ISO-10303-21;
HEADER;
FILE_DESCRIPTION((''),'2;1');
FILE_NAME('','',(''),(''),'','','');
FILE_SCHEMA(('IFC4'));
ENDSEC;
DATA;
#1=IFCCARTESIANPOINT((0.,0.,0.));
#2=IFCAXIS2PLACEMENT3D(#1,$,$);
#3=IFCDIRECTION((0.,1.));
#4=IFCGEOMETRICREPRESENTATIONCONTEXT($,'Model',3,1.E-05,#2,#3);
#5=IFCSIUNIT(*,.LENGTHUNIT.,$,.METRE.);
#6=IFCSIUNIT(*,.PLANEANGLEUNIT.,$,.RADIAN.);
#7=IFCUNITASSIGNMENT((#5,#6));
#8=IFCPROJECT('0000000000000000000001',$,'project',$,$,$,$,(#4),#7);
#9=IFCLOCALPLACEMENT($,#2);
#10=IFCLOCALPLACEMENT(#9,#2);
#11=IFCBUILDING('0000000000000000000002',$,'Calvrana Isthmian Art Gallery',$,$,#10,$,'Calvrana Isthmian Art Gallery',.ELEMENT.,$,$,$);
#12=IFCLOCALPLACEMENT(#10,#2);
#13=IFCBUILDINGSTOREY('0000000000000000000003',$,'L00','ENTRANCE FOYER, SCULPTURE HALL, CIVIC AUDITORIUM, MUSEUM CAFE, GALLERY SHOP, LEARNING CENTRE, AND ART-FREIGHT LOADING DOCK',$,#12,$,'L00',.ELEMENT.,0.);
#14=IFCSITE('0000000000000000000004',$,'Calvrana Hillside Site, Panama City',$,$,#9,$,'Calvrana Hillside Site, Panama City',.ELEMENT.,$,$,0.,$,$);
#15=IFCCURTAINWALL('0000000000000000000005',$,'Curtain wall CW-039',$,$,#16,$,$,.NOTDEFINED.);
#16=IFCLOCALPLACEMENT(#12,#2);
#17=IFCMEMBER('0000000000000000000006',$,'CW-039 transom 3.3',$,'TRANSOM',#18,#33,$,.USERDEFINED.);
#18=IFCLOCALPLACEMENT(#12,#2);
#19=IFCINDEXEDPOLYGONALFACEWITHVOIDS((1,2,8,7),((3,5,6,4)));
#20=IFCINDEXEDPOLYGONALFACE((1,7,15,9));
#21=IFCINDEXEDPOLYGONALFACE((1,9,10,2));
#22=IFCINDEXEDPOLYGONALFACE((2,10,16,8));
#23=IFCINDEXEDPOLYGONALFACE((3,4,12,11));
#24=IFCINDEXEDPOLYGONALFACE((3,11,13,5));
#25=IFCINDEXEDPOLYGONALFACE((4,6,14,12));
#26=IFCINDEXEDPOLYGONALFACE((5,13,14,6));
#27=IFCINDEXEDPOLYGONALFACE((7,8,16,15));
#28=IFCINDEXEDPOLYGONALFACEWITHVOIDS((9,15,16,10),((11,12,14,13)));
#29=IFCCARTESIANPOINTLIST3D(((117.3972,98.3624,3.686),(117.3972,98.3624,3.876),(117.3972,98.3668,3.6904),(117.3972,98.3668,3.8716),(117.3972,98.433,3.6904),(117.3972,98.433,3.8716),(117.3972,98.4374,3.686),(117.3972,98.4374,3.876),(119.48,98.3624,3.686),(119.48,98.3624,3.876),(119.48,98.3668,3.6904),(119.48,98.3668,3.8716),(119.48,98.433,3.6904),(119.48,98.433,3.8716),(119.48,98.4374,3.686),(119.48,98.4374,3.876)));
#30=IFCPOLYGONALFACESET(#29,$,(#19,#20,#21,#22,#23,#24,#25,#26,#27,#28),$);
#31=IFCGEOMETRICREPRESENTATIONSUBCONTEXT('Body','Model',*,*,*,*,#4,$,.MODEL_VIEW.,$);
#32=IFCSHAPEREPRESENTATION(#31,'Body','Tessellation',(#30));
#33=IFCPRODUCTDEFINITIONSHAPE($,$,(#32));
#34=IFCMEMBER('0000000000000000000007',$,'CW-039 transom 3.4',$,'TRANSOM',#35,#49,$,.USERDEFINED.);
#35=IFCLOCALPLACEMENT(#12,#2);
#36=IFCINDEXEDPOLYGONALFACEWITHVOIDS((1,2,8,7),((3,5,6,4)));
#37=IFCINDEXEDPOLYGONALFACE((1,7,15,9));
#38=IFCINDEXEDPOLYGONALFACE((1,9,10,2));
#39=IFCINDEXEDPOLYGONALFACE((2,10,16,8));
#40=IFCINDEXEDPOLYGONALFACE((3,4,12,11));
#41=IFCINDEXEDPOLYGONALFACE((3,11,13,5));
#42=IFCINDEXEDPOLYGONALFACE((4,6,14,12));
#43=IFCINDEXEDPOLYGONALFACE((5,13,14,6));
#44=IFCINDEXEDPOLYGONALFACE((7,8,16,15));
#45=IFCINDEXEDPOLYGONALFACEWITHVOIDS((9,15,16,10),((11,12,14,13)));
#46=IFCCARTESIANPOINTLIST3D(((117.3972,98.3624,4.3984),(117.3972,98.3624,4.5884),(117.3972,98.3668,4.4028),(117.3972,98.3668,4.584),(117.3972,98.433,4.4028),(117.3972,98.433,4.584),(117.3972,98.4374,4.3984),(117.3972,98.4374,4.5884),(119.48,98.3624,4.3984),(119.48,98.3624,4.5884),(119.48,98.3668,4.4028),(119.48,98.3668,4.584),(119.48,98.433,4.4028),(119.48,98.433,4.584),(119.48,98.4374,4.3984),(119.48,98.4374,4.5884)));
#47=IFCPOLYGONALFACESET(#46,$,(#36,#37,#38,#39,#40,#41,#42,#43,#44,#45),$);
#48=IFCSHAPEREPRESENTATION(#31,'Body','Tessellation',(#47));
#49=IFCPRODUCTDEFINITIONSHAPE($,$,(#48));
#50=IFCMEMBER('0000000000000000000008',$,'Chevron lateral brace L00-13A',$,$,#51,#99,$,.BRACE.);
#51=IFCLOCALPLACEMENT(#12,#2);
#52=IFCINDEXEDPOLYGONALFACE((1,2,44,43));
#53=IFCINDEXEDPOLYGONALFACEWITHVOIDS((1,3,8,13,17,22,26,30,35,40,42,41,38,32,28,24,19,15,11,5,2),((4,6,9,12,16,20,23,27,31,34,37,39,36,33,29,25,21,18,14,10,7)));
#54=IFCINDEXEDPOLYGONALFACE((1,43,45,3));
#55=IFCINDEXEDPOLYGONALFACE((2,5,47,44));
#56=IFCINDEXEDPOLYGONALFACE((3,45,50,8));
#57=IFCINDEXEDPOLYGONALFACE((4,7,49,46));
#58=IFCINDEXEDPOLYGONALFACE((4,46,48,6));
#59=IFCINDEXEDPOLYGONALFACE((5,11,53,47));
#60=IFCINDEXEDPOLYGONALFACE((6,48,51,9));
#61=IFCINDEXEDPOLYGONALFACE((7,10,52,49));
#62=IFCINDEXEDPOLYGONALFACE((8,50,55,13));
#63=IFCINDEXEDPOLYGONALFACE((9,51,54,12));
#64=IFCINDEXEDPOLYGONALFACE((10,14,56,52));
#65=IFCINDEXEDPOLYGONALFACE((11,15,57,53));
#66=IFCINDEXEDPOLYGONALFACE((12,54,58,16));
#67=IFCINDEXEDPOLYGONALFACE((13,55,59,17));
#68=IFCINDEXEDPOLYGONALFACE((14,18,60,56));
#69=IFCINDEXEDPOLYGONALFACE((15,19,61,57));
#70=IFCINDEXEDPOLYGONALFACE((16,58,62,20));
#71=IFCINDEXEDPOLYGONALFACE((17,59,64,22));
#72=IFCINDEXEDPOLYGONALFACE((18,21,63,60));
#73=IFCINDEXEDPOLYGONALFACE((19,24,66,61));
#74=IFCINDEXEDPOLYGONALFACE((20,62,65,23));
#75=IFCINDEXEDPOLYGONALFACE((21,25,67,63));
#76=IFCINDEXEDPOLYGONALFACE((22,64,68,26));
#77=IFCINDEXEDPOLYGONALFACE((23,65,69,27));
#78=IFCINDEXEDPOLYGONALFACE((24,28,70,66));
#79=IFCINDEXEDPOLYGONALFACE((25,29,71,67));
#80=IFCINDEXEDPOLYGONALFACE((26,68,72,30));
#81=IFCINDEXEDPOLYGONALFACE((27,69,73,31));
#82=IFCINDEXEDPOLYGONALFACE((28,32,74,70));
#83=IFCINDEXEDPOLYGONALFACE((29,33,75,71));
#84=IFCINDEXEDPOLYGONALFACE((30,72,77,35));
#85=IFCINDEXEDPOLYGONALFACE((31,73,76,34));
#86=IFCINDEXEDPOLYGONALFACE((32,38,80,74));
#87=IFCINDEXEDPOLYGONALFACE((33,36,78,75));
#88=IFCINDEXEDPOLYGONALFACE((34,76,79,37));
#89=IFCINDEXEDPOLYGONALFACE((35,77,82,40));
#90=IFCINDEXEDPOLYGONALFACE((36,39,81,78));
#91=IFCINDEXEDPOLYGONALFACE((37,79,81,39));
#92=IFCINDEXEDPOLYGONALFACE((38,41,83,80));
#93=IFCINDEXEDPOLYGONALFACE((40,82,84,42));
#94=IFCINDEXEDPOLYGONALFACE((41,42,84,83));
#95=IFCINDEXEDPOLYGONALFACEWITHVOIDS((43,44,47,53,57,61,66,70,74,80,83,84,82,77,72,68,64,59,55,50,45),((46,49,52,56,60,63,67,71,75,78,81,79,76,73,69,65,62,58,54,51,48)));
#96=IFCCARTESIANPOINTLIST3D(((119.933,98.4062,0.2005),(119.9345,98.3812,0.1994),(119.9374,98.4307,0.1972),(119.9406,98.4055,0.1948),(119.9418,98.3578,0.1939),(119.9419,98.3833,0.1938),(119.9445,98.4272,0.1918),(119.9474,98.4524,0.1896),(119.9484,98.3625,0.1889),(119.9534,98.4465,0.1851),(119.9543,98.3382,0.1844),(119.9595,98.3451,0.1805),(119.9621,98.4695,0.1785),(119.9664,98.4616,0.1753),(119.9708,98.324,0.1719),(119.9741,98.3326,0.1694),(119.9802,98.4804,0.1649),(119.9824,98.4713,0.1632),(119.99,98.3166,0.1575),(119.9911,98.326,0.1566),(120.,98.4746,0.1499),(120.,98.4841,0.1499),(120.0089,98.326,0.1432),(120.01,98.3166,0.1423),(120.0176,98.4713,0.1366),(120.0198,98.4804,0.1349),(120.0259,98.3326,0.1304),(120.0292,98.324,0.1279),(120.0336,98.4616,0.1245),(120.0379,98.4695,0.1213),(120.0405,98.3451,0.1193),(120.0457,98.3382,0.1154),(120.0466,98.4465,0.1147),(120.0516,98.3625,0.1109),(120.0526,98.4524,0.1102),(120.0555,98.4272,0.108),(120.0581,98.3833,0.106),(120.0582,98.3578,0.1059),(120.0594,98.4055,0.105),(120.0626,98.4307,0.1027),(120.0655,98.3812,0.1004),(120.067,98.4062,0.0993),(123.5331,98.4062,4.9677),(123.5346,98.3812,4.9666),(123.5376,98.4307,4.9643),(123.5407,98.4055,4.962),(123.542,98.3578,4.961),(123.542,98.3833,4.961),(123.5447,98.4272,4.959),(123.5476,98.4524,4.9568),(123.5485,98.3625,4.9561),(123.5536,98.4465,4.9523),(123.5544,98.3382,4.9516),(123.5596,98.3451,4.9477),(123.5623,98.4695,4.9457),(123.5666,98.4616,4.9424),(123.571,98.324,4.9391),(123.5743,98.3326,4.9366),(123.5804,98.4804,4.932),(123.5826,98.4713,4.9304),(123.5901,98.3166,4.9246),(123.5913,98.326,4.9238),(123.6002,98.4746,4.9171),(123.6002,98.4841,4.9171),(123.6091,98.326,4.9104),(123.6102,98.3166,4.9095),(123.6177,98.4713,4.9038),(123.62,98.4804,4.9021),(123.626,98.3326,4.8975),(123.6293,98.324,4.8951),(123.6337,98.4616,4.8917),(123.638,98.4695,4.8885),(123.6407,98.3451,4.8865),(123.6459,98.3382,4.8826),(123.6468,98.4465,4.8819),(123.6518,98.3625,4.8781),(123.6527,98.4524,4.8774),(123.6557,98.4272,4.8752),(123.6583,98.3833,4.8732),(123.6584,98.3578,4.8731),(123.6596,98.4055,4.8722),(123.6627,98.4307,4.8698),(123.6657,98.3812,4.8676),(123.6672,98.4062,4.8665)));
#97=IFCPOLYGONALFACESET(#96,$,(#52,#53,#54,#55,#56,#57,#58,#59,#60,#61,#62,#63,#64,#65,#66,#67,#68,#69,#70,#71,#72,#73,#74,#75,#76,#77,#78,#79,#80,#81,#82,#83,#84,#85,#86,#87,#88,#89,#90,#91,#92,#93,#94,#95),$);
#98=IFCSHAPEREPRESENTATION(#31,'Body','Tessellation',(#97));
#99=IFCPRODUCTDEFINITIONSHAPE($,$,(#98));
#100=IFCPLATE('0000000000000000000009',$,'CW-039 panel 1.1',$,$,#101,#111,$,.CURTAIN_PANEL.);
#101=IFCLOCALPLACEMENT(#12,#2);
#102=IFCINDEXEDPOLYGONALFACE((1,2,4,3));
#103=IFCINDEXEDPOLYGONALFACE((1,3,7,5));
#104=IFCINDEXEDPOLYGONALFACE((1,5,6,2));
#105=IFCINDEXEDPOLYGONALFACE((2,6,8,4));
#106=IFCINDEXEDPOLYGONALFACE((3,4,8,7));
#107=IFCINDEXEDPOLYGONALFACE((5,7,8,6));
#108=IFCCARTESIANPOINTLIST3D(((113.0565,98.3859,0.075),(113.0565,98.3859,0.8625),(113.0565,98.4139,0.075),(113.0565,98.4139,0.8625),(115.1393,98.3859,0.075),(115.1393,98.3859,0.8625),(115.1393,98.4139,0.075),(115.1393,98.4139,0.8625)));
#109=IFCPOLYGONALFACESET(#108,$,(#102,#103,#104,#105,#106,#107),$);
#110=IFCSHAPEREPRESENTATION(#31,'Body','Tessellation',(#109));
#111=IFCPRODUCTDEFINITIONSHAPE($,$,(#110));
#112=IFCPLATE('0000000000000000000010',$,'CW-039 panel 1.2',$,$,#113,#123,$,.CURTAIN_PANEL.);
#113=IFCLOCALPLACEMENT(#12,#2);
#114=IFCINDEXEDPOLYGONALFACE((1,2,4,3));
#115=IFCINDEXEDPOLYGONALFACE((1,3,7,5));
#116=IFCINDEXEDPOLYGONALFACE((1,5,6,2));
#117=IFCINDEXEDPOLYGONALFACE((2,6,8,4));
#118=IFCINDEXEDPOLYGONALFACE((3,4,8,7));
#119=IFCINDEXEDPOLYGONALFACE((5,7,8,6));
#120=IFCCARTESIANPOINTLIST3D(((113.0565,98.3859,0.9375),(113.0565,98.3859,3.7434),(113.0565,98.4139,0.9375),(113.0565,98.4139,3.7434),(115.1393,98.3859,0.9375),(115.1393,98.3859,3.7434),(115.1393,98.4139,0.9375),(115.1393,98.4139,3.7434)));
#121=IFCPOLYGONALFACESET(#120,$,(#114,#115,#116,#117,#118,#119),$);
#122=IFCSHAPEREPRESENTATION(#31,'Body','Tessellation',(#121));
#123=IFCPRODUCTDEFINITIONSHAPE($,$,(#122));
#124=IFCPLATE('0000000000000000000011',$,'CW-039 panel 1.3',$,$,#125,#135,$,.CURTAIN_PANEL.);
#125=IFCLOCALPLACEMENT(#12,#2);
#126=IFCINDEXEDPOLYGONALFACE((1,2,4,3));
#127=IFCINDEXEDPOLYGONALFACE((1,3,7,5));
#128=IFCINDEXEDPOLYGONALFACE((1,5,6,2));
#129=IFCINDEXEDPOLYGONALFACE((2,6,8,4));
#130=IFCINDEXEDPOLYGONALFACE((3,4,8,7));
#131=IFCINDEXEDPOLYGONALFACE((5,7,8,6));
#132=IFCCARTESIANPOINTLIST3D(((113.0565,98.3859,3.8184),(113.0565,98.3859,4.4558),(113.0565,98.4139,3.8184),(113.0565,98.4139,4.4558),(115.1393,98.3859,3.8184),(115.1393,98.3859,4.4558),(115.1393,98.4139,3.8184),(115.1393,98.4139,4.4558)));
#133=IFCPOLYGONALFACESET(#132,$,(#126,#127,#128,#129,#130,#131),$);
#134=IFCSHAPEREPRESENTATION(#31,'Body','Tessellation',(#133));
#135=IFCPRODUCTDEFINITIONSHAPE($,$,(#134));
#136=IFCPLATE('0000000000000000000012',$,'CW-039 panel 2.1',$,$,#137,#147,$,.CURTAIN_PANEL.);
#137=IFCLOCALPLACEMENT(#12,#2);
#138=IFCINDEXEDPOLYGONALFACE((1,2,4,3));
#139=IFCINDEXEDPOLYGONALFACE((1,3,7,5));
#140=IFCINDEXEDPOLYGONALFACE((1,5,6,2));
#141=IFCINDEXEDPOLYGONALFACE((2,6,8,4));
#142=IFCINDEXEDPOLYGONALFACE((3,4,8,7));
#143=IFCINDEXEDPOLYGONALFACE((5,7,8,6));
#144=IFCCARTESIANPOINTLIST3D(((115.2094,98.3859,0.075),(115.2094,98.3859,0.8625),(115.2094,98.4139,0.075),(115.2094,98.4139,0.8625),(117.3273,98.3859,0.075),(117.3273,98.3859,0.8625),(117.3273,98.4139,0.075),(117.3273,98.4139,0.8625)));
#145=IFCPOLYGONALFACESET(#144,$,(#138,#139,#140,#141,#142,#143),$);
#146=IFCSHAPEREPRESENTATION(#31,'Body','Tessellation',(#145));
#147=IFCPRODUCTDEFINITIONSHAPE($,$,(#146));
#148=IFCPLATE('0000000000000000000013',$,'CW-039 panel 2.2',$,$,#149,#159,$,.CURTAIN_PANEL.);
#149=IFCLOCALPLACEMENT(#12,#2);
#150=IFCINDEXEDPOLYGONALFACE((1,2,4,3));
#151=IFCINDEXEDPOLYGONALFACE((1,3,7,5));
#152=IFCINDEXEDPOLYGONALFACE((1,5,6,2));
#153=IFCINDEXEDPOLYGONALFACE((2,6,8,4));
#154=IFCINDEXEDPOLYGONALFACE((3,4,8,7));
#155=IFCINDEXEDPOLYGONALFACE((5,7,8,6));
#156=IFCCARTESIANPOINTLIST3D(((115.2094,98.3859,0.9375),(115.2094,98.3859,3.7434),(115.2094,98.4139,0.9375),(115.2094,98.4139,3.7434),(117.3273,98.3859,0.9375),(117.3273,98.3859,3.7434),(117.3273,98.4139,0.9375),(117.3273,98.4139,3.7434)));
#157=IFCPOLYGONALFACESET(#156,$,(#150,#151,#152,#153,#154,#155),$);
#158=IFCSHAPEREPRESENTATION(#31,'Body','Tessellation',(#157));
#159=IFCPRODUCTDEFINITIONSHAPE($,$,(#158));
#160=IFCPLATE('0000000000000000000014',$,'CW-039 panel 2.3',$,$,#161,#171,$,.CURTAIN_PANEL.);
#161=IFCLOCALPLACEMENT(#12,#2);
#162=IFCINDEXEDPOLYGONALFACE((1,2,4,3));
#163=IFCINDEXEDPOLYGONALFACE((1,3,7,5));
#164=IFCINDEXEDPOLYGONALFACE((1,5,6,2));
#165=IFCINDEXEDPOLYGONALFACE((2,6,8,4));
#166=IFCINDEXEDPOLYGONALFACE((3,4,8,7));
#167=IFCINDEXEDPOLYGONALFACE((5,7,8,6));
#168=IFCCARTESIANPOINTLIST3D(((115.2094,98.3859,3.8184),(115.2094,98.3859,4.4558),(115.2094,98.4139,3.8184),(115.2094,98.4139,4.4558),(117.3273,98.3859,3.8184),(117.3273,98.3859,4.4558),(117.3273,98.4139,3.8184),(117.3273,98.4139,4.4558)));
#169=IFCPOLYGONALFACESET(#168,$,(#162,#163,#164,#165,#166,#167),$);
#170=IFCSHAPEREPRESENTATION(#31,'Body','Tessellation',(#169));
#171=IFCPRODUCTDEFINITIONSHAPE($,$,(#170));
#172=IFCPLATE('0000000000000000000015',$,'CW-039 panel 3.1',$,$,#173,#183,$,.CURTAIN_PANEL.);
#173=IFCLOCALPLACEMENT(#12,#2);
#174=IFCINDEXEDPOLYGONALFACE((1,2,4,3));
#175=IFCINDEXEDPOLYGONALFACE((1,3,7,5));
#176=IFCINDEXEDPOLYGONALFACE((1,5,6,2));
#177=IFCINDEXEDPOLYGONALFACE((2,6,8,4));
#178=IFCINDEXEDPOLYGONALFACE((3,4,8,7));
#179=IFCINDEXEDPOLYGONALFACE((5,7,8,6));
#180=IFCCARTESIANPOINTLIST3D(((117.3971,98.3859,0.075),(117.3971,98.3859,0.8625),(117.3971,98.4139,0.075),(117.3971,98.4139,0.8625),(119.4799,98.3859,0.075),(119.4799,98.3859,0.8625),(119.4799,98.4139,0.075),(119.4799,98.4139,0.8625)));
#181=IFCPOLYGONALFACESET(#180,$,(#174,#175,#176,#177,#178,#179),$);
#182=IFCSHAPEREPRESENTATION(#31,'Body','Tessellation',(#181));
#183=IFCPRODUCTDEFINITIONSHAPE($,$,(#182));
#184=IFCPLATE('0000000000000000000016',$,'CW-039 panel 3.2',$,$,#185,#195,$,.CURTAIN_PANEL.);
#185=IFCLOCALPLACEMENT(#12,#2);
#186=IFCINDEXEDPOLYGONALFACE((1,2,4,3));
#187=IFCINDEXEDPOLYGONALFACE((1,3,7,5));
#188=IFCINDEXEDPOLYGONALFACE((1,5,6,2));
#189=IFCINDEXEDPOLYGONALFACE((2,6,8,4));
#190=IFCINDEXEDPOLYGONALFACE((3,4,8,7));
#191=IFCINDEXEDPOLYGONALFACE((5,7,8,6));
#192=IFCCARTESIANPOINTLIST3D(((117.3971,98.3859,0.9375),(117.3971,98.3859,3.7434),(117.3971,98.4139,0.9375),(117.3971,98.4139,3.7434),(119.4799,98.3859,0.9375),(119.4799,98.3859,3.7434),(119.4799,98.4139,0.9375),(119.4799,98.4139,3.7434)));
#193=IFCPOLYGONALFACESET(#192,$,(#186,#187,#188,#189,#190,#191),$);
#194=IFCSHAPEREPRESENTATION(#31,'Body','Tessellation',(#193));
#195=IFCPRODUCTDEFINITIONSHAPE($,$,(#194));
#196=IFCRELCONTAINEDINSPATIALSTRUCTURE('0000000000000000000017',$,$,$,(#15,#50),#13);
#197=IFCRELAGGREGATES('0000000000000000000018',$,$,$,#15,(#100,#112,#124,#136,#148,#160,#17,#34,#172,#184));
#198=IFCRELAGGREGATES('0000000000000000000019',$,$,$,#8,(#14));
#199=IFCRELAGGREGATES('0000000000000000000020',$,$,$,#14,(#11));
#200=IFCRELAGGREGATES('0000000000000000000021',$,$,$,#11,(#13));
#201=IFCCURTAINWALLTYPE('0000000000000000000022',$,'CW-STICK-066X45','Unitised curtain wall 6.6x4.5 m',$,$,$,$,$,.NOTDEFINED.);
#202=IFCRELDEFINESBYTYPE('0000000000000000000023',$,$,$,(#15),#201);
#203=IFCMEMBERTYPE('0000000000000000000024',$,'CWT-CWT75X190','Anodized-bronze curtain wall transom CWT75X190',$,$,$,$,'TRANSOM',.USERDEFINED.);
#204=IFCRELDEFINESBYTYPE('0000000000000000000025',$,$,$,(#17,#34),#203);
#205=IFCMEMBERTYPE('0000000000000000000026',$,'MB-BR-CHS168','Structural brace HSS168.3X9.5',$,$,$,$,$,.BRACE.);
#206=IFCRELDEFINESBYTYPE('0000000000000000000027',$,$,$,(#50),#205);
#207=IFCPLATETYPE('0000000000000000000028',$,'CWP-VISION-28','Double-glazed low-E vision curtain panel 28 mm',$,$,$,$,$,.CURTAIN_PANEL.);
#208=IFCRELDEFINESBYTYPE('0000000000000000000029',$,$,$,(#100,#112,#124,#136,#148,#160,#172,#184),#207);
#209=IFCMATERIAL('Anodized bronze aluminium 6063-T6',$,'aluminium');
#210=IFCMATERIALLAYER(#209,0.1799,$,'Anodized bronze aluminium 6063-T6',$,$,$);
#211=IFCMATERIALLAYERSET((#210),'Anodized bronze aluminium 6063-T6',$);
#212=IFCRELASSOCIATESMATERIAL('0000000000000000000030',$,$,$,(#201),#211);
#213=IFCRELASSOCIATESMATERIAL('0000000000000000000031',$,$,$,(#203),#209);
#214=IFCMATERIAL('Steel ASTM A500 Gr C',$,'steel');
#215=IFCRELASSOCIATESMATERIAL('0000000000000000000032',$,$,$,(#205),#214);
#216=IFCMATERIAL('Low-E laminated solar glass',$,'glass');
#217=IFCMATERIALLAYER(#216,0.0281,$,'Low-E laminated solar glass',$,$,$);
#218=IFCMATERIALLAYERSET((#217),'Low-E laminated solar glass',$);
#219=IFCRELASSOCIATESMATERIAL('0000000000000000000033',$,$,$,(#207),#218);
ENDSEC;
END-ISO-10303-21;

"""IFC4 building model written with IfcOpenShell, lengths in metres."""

from ifc_helpers import new_model, si_unit, direction, frame, origin, origin_2d, place, context, subcontext, project, spatial, rectangle, hollow_rectangle, hollow_circle, extrude, material, layer, layer_set, material_profile, profile_set, type_object, element, aggregate, save


model = new_model("IFC4")

# Units and contexts
model_context = context("Model", 3, precision=1e-05, world=origin(), true_north=direction((0.0, 1.0)))
body_context = subcontext(model_context, "Body", "Model", "MODEL_VIEW")
ifc_project = project(units=[si_unit("LENGTHUNIT", "METRE"), si_unit("PLANEANGLEUNIT", "RADIAN")], contexts=[model_context])

# Site, building, storey
site_placement = place(None, origin())
site = spatial("IfcSite", under=ifc_project, at=site_placement, Name="Calvrana Hillside Site, Panama City", LongName="Calvrana Hillside Site, Panama City", CompositionType="ELEMENT", RefElevation=0.0)
building_placement = place(site_placement, origin())
building = spatial("IfcBuilding", under=site, at=building_placement, Name="Calvrana Isthmian Art Gallery", LongName="Calvrana Isthmian Art Gallery", CompositionType="ELEMENT")
storey_placement = place(building_placement, origin())
storey = spatial("IfcBuildingStorey", under=building, at=storey_placement, Name="L00", Description="ENTRANCE FOYER, SCULPTURE HALL, CIVIC AUDITORIUM, MUSEUM CAFE, GALLERY SHOP, LEARNING CENTRE, AND ART-FREIGHT LOADING DOCK", LongName="L00", CompositionType="ELEMENT", Elevation=0.0)

# Curtain wall, members
ifc_material_1 = material(Name="Anodized bronze aluminium 6063-T6", Category="aluminium")
ifc_layer_1 = layer(ifc_material_1, 0.1799, Name="Anodized bronze aluminium 6063-T6")
ifc_layer_set_1 = layer_set([ifc_layer_1], Name="Anodized bronze aluminium 6063-T6")
curtain_wall_type = type_object("IfcCurtainWallType", Name="CW-STICK-066X45", Description="Unitised curtain wall 6.6x4.5 m", PredefinedType="NOTDEFINED", material=ifc_layer_set_1)
curtain_wall_placement = place(storey_placement, origin())
curtain_wall = element("IfcCurtainWall", 1, at=curtain_wall_placement, inside=storey, type_object=curtain_wall_type, Name="Curtain wall CW-039", PredefinedType="NOTDEFINED")
ifc_material_profile_1 = material_profile(ifc_material_1, hollow_rectangle(XDim=0.075, YDim=0.1899, WallThickness=0.0044, at=origin_2d()), Name="CWT75X190")
ifc_profile_set_1 = profile_set([ifc_material_profile_1], Name="Anodized bronze aluminium 6063-T6")
member_type_1 = type_object("IfcMemberType", Name="CWT-CWT75X190", Description="Anodized-bronze curtain wall transom CWT75X190", ElementType="TRANSOM", PredefinedType="USERDEFINED", material=ifc_profile_set_1)
member_1_placement = place(storey_placement, frame((117.3972, 98.3999, 3.781), z_axis=(1.0, 0.0, 0.0), x_axis=(0.0, 1.0, 0.0)))
member_1 = element("IfcMember", 2, at=member_1_placement, type_object=member_type_1, Name="CW-039 transom 3.3", ObjectType="TRANSOM", PredefinedType="USERDEFINED", context=body_context, shape_type="SweptSolid", body=[
    extrude(hollow_rectangle(XDim=0.075, YDim=0.1899, WallThickness=0.0044, at=origin_2d()), origin(), (0.0, 0.0, 1.0), 2.0828),
])
member_2_placement = place(storey_placement, frame((117.3972, 98.3999, 4.4934), z_axis=(1.0, 0.0, 0.0), x_axis=(0.0, 1.0, 0.0)))
member_2 = element("IfcMember", 3, at=member_2_placement, type_object=member_type_1, Name="CW-039 transom 3.4", ObjectType="TRANSOM", PredefinedType="USERDEFINED", context=body_context, shape_type="SweptSolid", body=[
    extrude(hollow_rectangle(XDim=0.075, YDim=0.1899, WallThickness=0.0044, at=origin_2d()), origin(), (0.0, 0.0, 1.0), 2.0828),
])

# Member
ifc_material_2 = material(Name="Steel ASTM A500 Gr C", Category="steel")
ifc_material_profile_2 = material_profile(ifc_material_2, hollow_circle(Radius=0.0842, WallThickness=0.0095, at=origin_2d()), Name="HSS168.3X9.5")
ifc_profile_set_2 = profile_set([ifc_material_profile_2], Name="Steel ASTM A500 Gr C")
member_type_2 = type_object("IfcMemberType", Name="MB-BR-CHS168", Description="Structural brace HSS168.3X9.5", PredefinedType="BRACE", material=ifc_profile_set_2)
member_3_placement = place(storey_placement, frame((120.0, 98.3999, 0.1499), z_axis=(0.602652, 0.0, 0.798004), x_axis=(0.0, 1.0, 0.0)))
element("IfcMember", 4, at=member_3_placement, inside=storey, type_object=member_type_2, Name="Chevron lateral brace L00-13A", PredefinedType="BRACE", context=body_context, shape_type="SweptSolid", body=[
    extrude(hollow_circle(Radius=0.0842, WallThickness=0.0095, at=origin_2d()), origin(), (0.0, 0.0, 1.0), 5.9739),
])

# Plates
ifc_material_3 = material(Name="Low-E laminated solar glass", Category="glass")
ifc_layer_2 = layer(ifc_material_3, 0.0281, Name="Low-E laminated solar glass")
ifc_layer_set_2 = layer_set([ifc_layer_2], Name="Low-E laminated solar glass")
plate_type_1 = type_object("IfcPlateType", Name="CWP-VISION-28", Description="Double-glazed low-E vision curtain panel 28 mm", PredefinedType="CURTAIN_PANEL", material=ifc_layer_set_2)
plate_1_placement = place(storey_placement, frame((114.0979, 98.3999, 0.075), z_axis=(0.0, 0.0, 1.0), x_axis=(1.0, 0.0, 0.0)))
plate_1 = element("IfcPlate", 5, at=plate_1_placement, type_object=plate_type_1, Name="CW-039 panel 1.1", PredefinedType="CURTAIN_PANEL", context=body_context, shape_type="SweptSolid", body=[
    extrude(rectangle(XDim=2.0828, YDim=0.0281, at=origin_2d()), origin(), (0.0, 0.0, 1.0), 0.7876),
])
plate_2_placement = place(storey_placement, frame((114.0979, 98.3999, 0.9375), z_axis=(0.0, 0.0, 1.0), x_axis=(1.0, 0.0, 0.0)))
plate_2 = element("IfcPlate", 6, at=plate_2_placement, type_object=plate_type_1, Name="CW-039 panel 1.2", PredefinedType="CURTAIN_PANEL", context=body_context, shape_type="SweptSolid", body=[
    extrude(rectangle(XDim=2.0828, YDim=0.0281, at=origin_2d()), origin(), (0.0, 0.0, 1.0), 2.8059),
])
plate_3_placement = place(storey_placement, frame((114.0979, 98.3999, 3.8184), z_axis=(0.0, 0.0, 1.0), x_axis=(1.0, 0.0, 0.0)))
plate_3 = element("IfcPlate", 7, at=plate_3_placement, type_object=plate_type_1, Name="CW-039 panel 1.3", PredefinedType="CURTAIN_PANEL", context=body_context, shape_type="SweptSolid", body=[
    extrude(rectangle(XDim=2.0828, YDim=0.0281, at=origin_2d()), origin(), (0.0, 0.0, 1.0), 0.6375),
])
plate_4_placement = place(storey_placement, frame((116.2683, 98.3999, 0.075), z_axis=(0.0, 0.0, 1.0), x_axis=(1.0, 0.0, 0.0)))
plate_4 = element("IfcPlate", 8, at=plate_4_placement, type_object=plate_type_1, Name="CW-039 panel 2.1", PredefinedType="CURTAIN_PANEL", context=body_context, shape_type="SweptSolid", body=[
    extrude(rectangle(XDim=2.1179, YDim=0.0281, at=origin_2d()), origin(), (0.0, 0.0, 1.0), 0.7876),
])
plate_5_placement = place(storey_placement, frame((116.2683, 98.3999, 0.9375), z_axis=(0.0, 0.0, 1.0), x_axis=(1.0, 0.0, 0.0)))
plate_5 = element("IfcPlate", 9, at=plate_5_placement, type_object=plate_type_1, Name="CW-039 panel 2.2", PredefinedType="CURTAIN_PANEL", context=body_context, shape_type="SweptSolid", body=[
    extrude(rectangle(XDim=2.1179, YDim=0.0281, at=origin_2d()), origin(), (0.0, 0.0, 1.0), 2.8059),
])
plate_6_placement = place(storey_placement, frame((116.2683, 98.3999, 3.8184), z_axis=(0.0, 0.0, 1.0), x_axis=(1.0, 0.0, 0.0)))
plate_6 = element("IfcPlate", 10, at=plate_6_placement, type_object=plate_type_1, Name="CW-039 panel 2.3", PredefinedType="CURTAIN_PANEL", context=body_context, shape_type="SweptSolid", body=[
    extrude(rectangle(XDim=2.1179, YDim=0.0281, at=origin_2d()), origin(), (0.0, 0.0, 1.0), 0.6375),
])
plate_7_placement = place(storey_placement, frame((118.4385, 98.3999, 0.075), z_axis=(0.0, 0.0, 1.0), x_axis=(1.0, 0.0, 0.0)))
plate_7 = element("IfcPlate", 11, at=plate_7_placement, type_object=plate_type_1, Name="CW-039 panel 3.1", PredefinedType="CURTAIN_PANEL", context=body_context, shape_type="SweptSolid", body=[
    extrude(rectangle(XDim=2.0828, YDim=0.0281, at=origin_2d()), origin(), (0.0, 0.0, 1.0), 0.7876),
])
plate_8_placement = place(storey_placement, frame((118.4385, 98.3999, 0.9375), z_axis=(0.0, 0.0, 1.0), x_axis=(1.0, 0.0, 0.0)))
plate_8 = element("IfcPlate", 12, at=plate_8_placement, type_object=plate_type_1, Name="CW-039 panel 3.2", PredefinedType="CURTAIN_PANEL", context=body_context, shape_type="SweptSolid", body=[
    extrude(rectangle(XDim=2.0828, YDim=0.0281, at=origin_2d()), origin(), (0.0, 0.0, 1.0), 2.8059),
])
aggregate(curtain_wall, [plate_1, plate_2, plate_3, plate_4, plate_5, plate_6, member_1, member_2, plate_7, plate_8])

save(model, "model.ifc")
